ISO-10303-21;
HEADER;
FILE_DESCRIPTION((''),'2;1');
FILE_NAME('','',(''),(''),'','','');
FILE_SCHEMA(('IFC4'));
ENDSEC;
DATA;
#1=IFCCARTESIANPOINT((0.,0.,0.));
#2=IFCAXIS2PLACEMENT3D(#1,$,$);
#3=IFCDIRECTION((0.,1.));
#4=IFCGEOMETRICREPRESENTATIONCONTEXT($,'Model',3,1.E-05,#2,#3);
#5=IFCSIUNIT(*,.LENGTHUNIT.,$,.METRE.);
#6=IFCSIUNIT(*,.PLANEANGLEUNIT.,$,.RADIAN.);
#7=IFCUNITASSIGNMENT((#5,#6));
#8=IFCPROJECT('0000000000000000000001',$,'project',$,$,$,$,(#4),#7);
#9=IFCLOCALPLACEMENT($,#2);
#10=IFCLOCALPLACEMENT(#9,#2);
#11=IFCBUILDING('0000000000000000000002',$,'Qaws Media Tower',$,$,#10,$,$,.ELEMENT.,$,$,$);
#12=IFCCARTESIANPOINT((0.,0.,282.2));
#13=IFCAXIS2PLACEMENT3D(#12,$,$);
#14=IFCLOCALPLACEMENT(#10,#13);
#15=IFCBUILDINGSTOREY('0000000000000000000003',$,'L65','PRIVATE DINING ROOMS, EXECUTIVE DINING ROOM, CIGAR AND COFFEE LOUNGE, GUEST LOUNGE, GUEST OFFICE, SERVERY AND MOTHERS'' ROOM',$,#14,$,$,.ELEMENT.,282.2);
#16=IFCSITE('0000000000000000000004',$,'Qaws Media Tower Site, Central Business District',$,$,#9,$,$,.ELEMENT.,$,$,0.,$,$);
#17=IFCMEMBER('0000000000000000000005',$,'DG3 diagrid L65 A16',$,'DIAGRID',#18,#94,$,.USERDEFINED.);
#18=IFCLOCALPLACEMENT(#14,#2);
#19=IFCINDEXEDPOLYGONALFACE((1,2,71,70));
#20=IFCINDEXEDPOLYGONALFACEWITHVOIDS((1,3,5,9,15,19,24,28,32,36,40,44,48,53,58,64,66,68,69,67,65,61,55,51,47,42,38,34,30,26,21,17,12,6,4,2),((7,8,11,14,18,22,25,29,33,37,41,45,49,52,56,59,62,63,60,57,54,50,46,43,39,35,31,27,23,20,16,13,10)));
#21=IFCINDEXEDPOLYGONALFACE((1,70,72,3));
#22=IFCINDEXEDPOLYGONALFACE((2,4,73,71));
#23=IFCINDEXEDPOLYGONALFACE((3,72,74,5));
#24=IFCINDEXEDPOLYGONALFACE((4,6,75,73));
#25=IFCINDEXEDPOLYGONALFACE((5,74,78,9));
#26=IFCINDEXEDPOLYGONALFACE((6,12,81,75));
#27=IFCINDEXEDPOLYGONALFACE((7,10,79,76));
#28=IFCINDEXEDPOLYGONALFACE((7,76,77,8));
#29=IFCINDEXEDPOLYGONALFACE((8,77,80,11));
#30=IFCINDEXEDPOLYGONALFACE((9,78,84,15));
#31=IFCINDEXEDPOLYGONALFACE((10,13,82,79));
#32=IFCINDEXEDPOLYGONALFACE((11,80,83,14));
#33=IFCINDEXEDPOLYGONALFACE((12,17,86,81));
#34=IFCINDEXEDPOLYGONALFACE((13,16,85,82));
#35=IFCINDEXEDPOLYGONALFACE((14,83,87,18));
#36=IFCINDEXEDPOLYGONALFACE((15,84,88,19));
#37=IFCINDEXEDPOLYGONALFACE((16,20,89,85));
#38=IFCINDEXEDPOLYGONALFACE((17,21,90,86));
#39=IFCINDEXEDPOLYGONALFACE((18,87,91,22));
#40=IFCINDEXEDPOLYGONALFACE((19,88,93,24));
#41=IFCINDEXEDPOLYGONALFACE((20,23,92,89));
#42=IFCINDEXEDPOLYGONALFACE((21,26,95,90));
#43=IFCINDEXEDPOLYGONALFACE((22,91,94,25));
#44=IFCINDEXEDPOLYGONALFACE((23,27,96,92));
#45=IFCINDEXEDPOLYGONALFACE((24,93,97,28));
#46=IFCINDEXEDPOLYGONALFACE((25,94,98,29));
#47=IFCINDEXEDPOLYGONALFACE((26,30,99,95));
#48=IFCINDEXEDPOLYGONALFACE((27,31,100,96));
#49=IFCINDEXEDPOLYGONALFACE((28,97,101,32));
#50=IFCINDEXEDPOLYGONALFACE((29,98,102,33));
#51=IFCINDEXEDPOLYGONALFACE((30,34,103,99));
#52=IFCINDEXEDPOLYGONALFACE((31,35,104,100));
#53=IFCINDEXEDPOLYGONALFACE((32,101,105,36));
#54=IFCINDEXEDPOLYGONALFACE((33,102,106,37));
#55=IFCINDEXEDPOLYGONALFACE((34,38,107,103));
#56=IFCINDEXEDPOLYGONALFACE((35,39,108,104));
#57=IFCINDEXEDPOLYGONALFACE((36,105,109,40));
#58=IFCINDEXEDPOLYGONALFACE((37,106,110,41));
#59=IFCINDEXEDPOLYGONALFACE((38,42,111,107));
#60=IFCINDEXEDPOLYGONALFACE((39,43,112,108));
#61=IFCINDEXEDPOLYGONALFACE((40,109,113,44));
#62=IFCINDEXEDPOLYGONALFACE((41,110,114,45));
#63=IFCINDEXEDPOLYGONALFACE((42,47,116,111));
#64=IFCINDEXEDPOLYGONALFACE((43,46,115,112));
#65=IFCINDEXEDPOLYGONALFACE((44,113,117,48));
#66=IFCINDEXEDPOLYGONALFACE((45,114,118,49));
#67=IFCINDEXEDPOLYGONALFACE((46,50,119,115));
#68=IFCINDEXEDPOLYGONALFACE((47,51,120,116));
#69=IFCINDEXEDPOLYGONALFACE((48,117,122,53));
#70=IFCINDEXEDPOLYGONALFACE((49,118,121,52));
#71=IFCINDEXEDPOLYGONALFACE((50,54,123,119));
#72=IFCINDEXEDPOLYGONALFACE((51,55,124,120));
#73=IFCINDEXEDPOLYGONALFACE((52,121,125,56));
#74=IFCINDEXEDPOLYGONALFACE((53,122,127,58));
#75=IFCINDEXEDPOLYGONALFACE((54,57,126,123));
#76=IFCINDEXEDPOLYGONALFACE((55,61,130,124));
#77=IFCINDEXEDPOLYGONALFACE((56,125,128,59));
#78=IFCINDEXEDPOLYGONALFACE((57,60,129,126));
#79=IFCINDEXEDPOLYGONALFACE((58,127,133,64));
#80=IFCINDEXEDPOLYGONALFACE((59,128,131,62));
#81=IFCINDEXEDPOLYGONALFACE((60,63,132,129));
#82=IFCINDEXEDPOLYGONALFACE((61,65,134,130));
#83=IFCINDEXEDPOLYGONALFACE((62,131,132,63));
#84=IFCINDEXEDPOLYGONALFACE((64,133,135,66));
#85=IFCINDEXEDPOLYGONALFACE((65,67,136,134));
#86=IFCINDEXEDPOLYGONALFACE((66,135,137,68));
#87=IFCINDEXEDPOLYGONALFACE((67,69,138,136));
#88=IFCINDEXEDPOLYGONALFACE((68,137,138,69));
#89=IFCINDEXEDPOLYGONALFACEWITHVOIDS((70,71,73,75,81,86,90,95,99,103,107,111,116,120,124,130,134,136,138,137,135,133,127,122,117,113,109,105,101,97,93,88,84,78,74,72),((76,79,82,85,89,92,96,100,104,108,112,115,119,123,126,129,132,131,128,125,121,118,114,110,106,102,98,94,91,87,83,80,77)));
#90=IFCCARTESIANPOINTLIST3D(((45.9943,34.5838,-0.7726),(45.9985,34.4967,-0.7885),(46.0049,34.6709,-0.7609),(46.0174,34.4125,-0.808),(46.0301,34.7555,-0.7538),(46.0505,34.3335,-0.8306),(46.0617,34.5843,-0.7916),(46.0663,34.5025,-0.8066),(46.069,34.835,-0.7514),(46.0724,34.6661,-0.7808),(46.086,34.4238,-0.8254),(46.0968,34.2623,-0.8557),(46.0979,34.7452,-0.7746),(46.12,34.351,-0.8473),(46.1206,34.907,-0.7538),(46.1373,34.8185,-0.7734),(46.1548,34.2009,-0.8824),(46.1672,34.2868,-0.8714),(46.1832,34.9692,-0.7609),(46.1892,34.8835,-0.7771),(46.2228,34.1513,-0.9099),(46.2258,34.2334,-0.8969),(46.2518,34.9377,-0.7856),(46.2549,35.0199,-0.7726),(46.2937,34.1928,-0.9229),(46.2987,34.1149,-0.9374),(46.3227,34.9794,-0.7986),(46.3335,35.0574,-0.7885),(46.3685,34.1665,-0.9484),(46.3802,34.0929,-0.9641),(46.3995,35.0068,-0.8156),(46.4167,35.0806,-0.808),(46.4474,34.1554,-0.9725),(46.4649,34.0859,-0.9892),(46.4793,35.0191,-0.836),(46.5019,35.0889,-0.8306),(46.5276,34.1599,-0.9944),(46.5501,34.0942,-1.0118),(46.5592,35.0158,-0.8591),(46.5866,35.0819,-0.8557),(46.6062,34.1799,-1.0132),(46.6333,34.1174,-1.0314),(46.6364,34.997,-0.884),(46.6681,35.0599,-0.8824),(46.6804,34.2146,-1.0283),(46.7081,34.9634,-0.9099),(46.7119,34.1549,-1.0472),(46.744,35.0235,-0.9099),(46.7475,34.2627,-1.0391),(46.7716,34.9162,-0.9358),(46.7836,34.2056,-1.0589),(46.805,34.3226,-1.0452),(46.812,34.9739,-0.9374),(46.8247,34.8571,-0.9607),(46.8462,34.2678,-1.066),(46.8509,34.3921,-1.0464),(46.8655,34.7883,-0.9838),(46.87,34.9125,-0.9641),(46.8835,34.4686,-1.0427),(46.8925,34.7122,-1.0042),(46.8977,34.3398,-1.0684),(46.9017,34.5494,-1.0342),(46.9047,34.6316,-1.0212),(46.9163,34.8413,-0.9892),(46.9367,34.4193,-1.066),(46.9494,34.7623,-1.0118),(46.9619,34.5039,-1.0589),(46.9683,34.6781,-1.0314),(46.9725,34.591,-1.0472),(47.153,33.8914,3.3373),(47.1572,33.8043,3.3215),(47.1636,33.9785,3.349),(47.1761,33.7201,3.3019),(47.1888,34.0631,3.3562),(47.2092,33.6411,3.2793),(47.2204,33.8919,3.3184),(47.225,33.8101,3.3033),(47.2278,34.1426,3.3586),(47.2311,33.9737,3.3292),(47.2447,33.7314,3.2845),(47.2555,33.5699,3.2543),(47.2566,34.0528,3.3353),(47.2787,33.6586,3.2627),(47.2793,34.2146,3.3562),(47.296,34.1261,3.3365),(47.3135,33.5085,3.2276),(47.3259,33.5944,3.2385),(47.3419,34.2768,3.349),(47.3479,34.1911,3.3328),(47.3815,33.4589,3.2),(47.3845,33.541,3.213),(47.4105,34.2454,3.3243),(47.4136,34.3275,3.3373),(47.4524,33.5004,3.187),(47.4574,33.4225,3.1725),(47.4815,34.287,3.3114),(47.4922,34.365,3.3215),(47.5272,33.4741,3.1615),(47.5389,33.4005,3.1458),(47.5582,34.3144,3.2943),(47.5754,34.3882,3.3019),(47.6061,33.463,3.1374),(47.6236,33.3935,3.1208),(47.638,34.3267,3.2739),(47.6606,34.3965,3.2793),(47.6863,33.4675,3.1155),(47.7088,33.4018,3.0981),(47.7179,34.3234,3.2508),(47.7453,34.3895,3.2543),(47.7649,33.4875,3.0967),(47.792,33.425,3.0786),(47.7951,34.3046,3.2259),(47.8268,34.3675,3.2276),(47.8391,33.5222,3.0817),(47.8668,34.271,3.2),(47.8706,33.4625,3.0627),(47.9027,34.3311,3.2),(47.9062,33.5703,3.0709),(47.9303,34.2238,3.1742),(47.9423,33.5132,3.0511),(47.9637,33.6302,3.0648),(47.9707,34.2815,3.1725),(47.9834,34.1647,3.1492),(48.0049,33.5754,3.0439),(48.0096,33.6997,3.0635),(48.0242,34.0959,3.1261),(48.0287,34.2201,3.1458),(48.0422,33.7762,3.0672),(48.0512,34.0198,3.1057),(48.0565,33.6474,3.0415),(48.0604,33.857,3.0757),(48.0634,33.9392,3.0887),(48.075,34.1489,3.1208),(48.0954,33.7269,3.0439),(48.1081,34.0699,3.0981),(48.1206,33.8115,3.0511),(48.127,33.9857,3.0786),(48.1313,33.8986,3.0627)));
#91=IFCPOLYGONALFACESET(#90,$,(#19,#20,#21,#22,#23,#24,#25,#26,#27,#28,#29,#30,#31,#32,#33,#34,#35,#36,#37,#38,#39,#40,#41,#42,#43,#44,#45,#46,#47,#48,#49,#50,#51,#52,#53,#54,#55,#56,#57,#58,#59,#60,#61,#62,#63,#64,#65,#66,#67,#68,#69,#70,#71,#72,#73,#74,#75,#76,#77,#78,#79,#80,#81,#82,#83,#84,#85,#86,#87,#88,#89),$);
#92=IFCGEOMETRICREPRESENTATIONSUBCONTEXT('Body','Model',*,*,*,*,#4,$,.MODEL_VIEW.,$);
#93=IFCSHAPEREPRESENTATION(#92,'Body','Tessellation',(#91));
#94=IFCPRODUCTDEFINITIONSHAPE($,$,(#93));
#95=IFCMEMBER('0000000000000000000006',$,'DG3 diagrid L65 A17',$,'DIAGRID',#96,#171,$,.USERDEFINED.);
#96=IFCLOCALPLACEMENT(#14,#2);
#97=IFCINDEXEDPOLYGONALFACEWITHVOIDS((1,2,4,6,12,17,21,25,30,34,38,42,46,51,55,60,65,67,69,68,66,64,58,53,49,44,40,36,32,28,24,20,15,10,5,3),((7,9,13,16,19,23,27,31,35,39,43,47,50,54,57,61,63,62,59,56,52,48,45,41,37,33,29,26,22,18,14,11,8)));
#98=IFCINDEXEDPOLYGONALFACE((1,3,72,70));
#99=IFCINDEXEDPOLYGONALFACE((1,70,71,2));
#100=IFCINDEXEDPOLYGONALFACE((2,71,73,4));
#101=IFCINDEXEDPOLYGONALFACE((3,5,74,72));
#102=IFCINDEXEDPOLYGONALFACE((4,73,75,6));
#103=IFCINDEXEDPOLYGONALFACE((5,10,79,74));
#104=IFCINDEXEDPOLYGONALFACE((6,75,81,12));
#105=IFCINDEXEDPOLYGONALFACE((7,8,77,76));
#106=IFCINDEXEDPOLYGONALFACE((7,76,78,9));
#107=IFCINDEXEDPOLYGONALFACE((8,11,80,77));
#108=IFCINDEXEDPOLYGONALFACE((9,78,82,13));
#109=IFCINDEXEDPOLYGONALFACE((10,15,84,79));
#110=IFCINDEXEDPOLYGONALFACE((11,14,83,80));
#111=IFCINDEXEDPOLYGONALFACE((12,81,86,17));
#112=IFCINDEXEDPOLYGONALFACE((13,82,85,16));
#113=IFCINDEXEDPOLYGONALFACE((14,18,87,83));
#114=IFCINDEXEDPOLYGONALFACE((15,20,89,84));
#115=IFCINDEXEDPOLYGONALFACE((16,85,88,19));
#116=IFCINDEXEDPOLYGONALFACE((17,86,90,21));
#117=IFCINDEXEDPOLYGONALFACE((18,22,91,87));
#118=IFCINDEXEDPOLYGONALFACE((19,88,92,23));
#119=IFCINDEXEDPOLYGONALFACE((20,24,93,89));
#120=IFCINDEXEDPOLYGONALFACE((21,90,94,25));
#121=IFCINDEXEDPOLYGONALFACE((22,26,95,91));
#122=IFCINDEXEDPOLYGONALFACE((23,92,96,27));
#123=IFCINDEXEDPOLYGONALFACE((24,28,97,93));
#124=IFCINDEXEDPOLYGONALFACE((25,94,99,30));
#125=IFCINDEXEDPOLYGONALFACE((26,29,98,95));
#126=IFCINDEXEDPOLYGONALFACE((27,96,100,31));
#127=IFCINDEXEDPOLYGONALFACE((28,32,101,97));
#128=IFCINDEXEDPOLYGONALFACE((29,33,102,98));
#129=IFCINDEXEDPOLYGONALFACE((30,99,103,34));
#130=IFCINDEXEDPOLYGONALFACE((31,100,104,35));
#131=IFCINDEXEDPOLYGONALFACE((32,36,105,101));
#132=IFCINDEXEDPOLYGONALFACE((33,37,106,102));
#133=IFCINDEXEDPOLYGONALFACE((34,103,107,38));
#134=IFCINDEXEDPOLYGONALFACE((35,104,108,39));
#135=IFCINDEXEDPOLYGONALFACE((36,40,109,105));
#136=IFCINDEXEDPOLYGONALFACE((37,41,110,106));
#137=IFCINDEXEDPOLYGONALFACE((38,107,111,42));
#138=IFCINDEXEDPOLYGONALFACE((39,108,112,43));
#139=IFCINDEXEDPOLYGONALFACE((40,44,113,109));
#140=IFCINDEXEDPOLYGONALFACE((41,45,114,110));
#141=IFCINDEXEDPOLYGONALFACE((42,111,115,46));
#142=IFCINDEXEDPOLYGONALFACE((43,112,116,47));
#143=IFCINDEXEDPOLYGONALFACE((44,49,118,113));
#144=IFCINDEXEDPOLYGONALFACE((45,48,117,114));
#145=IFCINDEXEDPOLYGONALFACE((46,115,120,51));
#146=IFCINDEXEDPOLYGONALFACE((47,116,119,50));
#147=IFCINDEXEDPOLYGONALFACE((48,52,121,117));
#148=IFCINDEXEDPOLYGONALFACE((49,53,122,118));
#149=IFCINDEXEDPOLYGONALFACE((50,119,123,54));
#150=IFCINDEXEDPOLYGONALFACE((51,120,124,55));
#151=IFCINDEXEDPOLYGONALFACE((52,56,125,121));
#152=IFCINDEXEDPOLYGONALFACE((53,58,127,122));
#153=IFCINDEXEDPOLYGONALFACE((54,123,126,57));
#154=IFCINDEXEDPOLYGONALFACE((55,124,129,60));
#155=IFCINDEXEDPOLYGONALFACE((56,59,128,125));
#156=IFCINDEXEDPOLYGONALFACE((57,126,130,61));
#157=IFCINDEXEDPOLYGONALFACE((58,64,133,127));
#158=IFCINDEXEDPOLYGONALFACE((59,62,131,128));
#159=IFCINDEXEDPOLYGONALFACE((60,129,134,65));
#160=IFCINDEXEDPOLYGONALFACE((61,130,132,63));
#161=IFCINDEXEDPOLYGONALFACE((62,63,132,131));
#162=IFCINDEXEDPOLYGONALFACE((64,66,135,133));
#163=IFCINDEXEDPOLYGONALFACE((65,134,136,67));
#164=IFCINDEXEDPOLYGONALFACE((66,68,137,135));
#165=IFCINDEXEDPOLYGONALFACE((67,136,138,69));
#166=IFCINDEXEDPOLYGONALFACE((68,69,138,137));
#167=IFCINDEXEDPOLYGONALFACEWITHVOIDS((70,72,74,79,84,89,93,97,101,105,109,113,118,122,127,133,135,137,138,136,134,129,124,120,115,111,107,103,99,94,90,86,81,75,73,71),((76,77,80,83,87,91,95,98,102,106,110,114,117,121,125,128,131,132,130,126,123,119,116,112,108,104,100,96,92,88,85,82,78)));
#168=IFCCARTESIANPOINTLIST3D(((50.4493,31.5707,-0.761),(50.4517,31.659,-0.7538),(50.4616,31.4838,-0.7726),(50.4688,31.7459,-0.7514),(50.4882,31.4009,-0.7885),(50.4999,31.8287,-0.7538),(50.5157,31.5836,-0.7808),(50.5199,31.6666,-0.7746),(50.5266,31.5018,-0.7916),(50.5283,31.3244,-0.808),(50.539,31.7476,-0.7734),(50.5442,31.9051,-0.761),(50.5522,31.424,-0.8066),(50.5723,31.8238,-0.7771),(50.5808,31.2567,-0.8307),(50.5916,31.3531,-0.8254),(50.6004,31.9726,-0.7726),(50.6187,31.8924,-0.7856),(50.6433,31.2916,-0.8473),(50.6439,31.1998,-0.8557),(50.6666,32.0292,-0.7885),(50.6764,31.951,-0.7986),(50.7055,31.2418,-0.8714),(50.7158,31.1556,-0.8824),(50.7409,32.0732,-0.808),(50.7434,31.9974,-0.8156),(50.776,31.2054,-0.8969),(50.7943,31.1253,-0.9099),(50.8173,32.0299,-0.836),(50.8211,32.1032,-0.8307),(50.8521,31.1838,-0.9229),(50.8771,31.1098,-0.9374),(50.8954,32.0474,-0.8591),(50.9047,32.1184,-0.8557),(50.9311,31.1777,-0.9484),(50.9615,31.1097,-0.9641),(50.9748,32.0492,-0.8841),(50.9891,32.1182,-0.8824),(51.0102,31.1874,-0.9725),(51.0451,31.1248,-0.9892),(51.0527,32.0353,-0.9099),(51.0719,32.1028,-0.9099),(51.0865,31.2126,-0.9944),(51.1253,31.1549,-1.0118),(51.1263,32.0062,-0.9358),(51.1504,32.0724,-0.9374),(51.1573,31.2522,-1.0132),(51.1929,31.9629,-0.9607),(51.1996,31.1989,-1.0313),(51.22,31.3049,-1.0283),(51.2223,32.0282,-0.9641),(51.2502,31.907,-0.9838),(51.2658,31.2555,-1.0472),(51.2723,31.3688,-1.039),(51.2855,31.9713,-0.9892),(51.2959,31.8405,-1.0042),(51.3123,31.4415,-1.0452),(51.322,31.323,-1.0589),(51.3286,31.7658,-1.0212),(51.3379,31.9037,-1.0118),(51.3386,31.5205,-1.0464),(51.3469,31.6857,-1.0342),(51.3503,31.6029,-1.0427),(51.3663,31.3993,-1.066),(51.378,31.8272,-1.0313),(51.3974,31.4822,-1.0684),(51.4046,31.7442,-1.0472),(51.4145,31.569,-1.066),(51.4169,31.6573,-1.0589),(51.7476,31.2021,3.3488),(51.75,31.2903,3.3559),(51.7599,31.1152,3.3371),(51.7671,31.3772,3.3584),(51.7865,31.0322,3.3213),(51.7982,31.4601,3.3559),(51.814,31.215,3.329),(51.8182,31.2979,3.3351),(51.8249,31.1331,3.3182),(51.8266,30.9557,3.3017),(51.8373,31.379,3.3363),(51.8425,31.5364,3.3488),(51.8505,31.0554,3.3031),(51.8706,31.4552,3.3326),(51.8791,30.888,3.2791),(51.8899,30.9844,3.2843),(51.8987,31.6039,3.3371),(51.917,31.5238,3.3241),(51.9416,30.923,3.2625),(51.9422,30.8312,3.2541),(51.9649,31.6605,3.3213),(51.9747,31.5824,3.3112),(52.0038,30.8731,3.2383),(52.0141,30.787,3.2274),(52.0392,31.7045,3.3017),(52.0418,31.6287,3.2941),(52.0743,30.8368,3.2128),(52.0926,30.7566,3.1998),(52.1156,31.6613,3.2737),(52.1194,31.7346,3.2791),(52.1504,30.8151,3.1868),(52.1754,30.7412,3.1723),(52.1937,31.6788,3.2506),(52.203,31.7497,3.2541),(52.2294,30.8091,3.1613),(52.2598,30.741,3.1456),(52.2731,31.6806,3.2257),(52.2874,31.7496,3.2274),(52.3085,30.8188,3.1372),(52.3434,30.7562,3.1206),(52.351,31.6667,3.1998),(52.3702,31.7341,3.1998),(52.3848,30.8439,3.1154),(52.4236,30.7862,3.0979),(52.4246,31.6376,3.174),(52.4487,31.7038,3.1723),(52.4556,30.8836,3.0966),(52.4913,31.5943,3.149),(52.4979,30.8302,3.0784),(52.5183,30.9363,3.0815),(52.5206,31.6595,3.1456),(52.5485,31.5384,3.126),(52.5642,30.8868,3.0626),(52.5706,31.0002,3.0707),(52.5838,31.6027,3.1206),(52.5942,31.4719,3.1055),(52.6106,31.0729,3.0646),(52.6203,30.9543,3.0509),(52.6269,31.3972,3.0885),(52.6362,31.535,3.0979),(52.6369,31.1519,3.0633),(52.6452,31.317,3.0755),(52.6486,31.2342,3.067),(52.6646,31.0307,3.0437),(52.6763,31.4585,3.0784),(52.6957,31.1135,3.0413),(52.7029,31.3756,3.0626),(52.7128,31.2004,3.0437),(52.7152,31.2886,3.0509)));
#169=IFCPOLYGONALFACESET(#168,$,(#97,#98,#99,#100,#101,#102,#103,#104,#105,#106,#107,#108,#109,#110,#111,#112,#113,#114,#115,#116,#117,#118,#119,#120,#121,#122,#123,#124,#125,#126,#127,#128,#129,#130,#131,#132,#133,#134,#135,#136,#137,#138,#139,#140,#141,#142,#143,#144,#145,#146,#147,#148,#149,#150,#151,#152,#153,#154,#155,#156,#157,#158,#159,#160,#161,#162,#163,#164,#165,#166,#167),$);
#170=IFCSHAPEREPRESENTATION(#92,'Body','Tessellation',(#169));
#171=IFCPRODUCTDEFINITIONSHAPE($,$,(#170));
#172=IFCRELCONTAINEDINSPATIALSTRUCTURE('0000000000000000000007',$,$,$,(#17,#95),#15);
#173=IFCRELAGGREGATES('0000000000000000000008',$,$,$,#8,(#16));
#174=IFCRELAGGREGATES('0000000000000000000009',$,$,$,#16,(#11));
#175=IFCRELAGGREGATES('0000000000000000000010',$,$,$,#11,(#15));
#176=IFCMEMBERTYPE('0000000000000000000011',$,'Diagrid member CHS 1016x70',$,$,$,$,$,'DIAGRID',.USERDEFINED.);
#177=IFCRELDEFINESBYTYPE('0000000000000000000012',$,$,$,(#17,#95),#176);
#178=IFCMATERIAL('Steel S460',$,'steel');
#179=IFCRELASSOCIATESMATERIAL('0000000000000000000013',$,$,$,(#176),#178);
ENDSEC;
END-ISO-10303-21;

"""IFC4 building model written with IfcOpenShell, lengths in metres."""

from ifc_helpers import new_model, si_unit, direction, frame, origin, origin_2d, place, context, subcontext, project, spatial, hollow_circle, extrude, material, material_profile, profile_set, type_object, element, save


model = new_model("IFC4")

# Units and contexts
model_context = context("Model", 3, precision=1e-05, world=origin(), true_north=direction((0.0, 1.0)))
body_context = subcontext(model_context, "Body", "Model", "MODEL_VIEW")
ifc_project = project(units=[si_unit("LENGTHUNIT", "METRE"), si_unit("PLANEANGLEUNIT", "RADIAN")], contexts=[model_context])

# Site, building, storey
site_placement = place(None, origin())
site = spatial("IfcSite", under=ifc_project, at=site_placement, Name="Qaws Media Tower Site, Central Business District", CompositionType="ELEMENT", RefElevation=0.0)
building_placement = place(site_placement, origin())
building = spatial("IfcBuilding", under=site, at=building_placement, Name="Qaws Media Tower", CompositionType="ELEMENT")
storey_placement = place(building_placement, frame((0.0, 0.0, 282.2)))
storey = spatial("IfcBuildingStorey", under=building, at=storey_placement, Name="L65", Description="PRIVATE DINING ROOMS, EXECUTIVE DINING ROOM, CIGAR AND COFFEE LOUNGE, GUEST LOUNGE, GUEST OFFICE, SERVERY AND MOTHERS' ROOM", CompositionType="ELEMENT", Elevation=282.2)

# Members
ifc_material_1 = material(Name="Steel S460", Category="steel")
ifc_material_profile_1 = material_profile(ifc_material_1, hollow_circle(Radius=0.5081, WallThickness=0.0701, at=origin_2d()), Name="CHS 1016x70")
ifc_profile_set_1 = profile_set([ifc_material_profile_1], Name="Steel S460")
member_type_1 = type_object("IfcMemberType", Name="Diagrid member CHS 1016x70", ElementType="DIAGRID", PredefinedType="USERDEFINED", material=ifc_profile_set_1)
member_1_placement = place(storey_placement, frame((46.4834, 34.5874, -0.9099), z_axis=(0.267853, -0.160057, 0.950072), x_axis=(0.512952, 0.858417, 0.0)))
element("IfcMember", 1, at=member_1_placement, inside=storey, type_object=member_type_1, Name="DG3 diagrid L65 A16", ObjectType="DIAGRID", PredefinedType="USERDEFINED", context=body_context, shape_type="SweptSolid", body=[
    extrude(hollow_circle(Radius=0.5081, WallThickness=0.0701, at=origin_2d()), origin(), (0.0, 0.0, 1.0), 4.3259),
])
member_2_placement = place(storey_placement, frame((50.9331, 31.614, -0.9099), z_axis=(0.300138, -0.085222, 0.950081), x_axis=(0.273144, 0.961973, 0.0)))
element("IfcMember", 2, at=member_2_placement, inside=storey, type_object=member_type_1, Name="DG3 diagrid L65 A17", ObjectType="DIAGRID", PredefinedType="USERDEFINED", context=body_context, shape_type="SweptSolid", body=[
    extrude(hollow_circle(Radius=0.5081, WallThickness=0.0701, at=origin_2d()), origin(), (0.0, 0.0, 1.0), 4.3257),
])

save(model, "model.ifc")
